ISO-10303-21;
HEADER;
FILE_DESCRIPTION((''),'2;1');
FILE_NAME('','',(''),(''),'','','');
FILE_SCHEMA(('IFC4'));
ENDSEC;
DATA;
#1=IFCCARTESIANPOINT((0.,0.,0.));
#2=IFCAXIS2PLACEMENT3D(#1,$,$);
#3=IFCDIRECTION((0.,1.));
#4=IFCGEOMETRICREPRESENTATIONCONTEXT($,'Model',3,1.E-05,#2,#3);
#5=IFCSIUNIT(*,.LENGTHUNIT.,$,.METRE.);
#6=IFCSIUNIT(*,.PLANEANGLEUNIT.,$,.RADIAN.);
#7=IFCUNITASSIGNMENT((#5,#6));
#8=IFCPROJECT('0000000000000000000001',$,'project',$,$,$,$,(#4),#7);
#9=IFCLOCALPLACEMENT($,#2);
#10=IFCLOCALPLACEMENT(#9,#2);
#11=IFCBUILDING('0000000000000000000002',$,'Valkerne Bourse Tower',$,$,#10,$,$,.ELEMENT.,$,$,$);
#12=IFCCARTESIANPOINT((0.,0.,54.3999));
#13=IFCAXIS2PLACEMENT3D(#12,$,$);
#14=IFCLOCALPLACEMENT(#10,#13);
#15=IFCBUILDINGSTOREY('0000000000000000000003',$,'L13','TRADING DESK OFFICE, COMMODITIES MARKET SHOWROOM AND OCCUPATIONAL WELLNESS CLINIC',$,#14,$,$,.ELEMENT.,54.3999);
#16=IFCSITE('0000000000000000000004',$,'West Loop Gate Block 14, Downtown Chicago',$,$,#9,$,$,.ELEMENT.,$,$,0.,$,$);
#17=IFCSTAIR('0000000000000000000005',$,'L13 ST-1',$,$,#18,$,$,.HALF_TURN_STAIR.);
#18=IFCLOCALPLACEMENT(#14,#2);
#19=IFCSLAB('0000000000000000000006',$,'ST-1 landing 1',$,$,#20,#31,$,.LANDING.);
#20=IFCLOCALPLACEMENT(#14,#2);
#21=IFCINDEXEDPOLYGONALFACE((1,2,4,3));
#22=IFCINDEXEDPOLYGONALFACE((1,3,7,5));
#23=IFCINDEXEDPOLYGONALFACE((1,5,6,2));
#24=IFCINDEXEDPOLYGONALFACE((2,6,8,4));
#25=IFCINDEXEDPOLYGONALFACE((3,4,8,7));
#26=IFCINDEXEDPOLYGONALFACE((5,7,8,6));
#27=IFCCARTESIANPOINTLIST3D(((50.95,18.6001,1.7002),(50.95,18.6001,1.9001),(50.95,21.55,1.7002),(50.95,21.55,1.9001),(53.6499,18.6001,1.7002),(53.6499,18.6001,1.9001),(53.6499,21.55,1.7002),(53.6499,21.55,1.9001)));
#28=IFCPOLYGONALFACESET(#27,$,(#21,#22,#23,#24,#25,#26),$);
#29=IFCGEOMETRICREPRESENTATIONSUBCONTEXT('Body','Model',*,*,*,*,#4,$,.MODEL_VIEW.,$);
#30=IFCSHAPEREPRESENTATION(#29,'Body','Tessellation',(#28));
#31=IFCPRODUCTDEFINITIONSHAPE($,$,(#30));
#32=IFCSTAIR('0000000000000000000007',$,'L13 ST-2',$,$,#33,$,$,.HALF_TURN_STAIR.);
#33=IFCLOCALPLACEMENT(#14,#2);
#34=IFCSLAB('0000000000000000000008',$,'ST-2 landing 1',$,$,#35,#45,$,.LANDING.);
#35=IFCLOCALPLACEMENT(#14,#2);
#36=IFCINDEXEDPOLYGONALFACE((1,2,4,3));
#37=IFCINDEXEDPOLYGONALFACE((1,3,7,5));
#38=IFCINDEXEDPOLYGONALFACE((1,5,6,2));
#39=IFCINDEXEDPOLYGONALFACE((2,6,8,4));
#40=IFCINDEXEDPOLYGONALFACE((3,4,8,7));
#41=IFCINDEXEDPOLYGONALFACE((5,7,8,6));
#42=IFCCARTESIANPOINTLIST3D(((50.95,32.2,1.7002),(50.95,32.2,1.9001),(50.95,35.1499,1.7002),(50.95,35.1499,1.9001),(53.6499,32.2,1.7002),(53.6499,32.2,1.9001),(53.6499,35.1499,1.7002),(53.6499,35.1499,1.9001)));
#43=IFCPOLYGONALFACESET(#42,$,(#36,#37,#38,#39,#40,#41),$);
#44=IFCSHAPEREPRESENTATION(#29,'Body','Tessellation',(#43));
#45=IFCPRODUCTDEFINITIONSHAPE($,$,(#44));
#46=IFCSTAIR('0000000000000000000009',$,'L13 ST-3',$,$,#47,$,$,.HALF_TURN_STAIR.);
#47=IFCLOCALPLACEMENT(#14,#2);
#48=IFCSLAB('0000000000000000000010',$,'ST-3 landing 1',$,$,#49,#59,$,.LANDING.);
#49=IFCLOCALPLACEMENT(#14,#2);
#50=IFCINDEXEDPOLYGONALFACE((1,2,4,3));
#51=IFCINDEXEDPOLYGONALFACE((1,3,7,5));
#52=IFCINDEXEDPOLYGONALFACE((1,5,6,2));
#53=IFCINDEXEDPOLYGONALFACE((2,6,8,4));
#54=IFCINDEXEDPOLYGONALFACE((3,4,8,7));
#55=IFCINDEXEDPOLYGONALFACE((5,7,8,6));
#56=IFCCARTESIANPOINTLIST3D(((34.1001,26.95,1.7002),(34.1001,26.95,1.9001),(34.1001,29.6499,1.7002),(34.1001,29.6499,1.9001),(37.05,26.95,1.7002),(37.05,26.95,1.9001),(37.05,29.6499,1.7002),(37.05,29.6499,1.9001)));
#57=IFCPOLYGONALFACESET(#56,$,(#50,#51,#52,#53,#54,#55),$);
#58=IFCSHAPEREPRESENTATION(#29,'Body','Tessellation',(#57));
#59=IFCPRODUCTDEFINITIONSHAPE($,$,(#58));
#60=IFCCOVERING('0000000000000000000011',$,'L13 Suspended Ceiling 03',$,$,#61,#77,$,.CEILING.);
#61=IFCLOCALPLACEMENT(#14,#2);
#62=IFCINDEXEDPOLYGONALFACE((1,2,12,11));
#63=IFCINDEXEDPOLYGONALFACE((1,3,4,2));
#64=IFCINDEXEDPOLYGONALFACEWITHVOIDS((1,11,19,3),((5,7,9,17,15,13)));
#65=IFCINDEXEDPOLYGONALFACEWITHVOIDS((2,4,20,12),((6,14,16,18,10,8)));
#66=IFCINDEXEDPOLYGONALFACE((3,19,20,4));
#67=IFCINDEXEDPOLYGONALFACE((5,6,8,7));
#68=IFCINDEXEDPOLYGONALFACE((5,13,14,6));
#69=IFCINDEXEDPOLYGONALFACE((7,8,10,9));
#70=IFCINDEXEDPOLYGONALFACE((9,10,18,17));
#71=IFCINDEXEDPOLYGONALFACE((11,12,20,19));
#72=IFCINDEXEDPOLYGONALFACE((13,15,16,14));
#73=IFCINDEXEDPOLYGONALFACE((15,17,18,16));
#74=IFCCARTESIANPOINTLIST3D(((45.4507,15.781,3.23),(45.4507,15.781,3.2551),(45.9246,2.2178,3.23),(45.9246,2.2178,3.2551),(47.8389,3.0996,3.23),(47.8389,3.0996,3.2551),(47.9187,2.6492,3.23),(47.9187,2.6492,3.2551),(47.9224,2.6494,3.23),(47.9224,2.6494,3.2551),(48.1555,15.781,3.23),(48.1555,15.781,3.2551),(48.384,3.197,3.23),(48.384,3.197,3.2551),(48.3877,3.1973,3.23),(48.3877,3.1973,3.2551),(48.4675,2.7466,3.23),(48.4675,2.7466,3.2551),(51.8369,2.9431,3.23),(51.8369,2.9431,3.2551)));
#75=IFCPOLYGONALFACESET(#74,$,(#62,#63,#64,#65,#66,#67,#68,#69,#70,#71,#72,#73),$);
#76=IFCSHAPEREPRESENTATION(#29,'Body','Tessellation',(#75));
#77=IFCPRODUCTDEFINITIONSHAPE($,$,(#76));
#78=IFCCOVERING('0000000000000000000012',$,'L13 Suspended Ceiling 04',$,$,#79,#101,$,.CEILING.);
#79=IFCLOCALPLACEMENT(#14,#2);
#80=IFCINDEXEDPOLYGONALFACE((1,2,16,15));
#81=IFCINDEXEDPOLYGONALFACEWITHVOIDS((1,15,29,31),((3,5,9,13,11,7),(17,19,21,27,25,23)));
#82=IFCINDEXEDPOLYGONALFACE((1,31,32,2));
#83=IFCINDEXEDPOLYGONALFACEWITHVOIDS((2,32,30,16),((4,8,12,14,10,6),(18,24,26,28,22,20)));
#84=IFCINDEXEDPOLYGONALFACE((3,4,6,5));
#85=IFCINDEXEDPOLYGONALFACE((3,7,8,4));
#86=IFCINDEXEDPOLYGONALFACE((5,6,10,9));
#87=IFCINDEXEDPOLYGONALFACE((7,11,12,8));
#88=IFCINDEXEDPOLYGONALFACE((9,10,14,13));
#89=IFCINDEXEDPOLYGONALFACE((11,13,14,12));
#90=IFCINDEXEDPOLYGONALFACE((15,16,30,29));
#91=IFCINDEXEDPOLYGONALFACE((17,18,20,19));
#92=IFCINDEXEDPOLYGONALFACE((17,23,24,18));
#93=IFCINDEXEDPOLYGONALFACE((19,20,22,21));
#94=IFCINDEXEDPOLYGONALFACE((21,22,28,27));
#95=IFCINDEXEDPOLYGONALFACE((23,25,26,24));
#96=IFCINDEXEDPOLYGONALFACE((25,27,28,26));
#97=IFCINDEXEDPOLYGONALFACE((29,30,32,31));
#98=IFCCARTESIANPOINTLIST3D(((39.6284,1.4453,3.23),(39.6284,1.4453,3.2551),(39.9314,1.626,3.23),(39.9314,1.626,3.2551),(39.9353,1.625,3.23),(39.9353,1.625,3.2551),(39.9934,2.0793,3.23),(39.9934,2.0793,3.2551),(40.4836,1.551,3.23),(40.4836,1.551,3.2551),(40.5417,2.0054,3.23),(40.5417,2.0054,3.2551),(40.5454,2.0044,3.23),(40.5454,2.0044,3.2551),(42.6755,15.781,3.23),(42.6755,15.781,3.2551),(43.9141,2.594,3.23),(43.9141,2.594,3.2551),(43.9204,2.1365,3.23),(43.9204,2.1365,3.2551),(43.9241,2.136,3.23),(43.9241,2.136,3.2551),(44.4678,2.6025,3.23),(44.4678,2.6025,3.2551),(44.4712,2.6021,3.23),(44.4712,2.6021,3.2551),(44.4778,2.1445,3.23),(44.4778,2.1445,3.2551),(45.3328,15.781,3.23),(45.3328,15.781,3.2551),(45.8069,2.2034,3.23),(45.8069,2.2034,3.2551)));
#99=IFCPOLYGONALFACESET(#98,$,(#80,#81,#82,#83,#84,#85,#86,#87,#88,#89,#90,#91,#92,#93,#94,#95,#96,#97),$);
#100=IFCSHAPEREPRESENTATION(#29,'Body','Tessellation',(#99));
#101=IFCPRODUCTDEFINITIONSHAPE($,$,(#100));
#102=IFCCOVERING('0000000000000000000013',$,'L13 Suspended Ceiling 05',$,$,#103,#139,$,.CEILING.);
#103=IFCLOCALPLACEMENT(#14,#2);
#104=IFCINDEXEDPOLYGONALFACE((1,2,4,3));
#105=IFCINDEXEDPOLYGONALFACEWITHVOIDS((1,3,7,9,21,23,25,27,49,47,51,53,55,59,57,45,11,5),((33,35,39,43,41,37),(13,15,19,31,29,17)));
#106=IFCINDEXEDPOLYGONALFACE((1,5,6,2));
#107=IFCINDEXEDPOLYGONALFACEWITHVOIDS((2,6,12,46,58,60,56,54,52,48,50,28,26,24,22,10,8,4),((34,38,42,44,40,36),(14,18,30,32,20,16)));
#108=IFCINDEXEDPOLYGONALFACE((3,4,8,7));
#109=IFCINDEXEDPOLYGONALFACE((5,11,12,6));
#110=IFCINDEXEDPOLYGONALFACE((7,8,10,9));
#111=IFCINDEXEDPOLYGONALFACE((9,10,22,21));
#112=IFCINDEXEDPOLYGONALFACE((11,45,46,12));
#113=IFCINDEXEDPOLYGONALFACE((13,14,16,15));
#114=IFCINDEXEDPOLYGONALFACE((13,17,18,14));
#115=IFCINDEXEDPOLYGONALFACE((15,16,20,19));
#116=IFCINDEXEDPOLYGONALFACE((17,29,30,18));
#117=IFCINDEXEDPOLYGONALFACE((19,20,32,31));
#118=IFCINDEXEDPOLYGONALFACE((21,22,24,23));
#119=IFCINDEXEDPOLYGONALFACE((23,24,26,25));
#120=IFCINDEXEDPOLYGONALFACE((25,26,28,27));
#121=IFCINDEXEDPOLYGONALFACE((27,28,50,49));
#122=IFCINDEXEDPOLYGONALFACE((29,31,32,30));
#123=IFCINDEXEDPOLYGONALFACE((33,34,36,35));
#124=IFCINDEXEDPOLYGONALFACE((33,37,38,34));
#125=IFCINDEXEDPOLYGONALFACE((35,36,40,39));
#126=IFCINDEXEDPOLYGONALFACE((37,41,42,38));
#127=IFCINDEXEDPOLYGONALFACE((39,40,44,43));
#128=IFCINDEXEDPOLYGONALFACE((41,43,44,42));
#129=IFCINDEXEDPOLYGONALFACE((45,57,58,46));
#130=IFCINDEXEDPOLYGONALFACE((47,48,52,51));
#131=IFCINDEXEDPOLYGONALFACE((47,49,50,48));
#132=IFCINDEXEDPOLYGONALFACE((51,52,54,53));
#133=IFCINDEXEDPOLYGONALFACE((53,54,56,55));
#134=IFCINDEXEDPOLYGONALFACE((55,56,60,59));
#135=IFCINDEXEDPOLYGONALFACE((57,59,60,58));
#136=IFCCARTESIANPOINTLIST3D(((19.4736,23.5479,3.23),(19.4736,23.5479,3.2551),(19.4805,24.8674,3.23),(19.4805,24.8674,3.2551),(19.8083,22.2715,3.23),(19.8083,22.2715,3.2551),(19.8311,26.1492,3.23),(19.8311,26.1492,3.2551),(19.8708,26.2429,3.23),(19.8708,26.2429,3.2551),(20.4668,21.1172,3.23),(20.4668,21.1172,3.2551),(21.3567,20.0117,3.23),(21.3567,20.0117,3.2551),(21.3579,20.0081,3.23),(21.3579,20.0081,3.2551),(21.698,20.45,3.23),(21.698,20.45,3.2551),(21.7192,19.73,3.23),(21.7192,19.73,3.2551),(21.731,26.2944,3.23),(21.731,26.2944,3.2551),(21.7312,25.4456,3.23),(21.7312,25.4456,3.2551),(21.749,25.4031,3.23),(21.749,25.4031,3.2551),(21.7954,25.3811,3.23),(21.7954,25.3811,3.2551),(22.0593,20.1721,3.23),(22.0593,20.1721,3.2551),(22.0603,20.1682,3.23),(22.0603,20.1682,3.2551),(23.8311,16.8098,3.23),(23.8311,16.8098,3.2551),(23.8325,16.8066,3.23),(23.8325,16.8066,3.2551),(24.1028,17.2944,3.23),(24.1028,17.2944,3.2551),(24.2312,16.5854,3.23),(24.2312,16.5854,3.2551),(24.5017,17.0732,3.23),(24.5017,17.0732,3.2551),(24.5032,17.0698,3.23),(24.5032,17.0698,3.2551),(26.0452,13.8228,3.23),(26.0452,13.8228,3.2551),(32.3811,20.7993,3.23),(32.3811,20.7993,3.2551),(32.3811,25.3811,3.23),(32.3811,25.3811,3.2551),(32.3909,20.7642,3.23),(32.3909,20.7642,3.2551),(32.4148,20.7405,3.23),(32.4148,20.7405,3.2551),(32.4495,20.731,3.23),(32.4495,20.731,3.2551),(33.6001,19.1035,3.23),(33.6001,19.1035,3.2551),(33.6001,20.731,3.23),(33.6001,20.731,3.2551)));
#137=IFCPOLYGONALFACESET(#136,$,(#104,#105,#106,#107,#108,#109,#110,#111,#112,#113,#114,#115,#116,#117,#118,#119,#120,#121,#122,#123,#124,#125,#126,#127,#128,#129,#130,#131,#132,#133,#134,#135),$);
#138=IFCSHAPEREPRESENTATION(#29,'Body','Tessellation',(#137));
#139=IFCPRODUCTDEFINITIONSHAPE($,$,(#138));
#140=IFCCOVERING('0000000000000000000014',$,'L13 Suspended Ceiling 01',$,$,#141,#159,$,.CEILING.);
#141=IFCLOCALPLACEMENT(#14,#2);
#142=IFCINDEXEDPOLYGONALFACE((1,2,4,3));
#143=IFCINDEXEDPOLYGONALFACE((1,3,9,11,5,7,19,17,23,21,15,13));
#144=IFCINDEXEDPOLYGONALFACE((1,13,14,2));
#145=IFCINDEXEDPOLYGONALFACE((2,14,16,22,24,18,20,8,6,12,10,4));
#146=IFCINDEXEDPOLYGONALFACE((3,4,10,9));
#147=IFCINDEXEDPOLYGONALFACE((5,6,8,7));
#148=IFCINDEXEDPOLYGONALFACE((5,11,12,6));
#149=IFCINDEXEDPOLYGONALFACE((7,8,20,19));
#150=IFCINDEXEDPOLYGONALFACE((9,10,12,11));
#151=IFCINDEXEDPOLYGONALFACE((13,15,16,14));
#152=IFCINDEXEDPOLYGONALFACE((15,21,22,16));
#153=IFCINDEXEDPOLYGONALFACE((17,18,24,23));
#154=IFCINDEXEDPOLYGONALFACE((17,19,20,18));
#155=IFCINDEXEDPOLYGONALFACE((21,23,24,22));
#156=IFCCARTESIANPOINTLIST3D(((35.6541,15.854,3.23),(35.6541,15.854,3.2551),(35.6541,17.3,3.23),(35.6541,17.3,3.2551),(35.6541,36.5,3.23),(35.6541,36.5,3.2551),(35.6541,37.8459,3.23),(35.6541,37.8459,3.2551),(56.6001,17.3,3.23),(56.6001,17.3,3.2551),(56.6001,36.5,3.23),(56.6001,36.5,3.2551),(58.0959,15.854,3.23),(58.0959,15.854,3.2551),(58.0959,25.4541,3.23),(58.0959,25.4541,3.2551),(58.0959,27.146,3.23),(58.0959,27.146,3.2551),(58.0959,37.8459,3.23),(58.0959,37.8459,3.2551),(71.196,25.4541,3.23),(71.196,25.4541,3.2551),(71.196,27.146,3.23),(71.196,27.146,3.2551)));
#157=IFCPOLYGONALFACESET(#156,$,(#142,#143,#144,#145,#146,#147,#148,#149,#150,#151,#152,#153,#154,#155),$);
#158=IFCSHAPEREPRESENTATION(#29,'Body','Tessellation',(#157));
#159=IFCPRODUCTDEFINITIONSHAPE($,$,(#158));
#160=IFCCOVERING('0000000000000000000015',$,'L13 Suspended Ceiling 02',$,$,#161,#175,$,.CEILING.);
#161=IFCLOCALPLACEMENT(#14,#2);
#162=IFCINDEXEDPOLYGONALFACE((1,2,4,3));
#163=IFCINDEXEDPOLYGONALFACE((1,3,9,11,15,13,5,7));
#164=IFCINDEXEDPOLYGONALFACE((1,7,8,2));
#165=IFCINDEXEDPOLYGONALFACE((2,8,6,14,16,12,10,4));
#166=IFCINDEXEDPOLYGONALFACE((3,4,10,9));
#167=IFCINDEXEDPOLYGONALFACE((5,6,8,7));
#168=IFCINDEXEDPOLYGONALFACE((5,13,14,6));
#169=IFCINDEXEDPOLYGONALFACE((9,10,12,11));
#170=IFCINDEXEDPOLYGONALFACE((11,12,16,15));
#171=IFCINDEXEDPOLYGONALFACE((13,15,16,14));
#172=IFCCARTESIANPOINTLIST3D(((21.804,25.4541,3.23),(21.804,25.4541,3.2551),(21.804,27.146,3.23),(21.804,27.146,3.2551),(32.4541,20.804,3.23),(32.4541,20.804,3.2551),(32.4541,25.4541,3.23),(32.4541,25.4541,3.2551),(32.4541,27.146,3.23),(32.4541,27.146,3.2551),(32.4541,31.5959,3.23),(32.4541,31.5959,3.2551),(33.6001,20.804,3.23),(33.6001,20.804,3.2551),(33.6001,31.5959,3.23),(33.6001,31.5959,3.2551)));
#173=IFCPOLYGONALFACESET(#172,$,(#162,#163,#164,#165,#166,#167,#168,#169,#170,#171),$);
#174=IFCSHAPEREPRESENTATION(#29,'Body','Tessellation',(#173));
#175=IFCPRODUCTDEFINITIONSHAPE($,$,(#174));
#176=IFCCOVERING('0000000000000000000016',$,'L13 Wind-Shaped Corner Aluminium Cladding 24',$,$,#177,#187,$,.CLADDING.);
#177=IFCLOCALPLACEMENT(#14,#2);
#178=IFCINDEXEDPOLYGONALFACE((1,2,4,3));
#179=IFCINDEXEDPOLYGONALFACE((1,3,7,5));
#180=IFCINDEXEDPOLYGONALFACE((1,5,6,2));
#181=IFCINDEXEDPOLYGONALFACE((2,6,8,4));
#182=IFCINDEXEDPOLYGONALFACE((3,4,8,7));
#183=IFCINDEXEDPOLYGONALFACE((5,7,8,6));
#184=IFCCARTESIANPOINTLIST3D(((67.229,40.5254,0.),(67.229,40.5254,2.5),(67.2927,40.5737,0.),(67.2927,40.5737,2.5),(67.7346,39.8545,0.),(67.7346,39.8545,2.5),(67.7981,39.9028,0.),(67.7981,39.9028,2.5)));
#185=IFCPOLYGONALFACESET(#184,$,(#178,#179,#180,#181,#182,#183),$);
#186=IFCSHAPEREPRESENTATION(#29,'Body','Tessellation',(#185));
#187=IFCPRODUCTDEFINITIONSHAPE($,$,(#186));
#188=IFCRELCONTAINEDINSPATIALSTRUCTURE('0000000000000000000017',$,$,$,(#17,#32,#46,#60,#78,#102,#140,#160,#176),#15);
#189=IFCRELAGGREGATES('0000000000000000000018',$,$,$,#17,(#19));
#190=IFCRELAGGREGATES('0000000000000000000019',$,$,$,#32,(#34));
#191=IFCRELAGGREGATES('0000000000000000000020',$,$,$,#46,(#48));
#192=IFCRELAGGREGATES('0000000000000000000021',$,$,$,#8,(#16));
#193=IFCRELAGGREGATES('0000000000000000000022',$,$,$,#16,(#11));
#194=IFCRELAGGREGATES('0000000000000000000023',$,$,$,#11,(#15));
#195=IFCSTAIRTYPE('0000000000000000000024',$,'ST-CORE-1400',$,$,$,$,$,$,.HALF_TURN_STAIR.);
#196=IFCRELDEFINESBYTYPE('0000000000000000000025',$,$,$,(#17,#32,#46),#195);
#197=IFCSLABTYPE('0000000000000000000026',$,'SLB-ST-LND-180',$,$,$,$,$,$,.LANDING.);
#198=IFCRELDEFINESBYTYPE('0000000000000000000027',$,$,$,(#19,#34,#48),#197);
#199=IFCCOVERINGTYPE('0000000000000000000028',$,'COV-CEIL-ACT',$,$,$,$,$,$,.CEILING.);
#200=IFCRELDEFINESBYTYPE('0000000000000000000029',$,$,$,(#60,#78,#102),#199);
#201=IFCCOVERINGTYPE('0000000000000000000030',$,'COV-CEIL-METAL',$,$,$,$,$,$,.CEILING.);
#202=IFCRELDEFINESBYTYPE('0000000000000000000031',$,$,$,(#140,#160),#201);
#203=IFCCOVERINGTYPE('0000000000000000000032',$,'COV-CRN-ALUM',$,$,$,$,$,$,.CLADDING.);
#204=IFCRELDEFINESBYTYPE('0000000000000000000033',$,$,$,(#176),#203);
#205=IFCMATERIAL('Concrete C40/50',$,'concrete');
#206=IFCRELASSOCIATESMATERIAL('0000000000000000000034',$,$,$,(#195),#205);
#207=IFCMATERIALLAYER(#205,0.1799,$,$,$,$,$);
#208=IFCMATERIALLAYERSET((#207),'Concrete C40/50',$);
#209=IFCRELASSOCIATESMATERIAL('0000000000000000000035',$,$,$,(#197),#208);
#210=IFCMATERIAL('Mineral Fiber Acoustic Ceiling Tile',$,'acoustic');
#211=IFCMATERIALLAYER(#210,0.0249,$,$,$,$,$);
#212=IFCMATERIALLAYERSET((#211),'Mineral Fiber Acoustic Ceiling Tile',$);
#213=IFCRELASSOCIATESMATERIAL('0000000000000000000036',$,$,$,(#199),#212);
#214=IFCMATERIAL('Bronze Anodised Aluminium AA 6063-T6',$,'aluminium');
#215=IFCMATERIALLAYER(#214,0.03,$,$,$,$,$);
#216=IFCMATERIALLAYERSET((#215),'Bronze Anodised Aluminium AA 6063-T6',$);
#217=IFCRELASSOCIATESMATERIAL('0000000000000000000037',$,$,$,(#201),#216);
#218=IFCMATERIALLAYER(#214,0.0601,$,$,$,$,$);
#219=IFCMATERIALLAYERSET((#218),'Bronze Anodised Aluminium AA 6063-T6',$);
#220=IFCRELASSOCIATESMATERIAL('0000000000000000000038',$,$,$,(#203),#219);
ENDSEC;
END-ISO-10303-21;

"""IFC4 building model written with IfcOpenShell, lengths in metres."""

from ifc_helpers import new_model, si_unit, direction, frame, origin, place, context, subcontext, project, spatial, polyline, outline, extrude, material, layer, layer_set, type_object, element, aggregate, save


model = new_model("IFC4")

# Units and contexts
model_context = context("Model", 3, precision=1e-05, world=origin(), true_north=direction((0.0, 1.0)))
body_context = subcontext(model_context, "Body", "Model", "MODEL_VIEW")
ifc_project = project(units=[si_unit("LENGTHUNIT", "METRE"), si_unit("PLANEANGLEUNIT", "RADIAN")], contexts=[model_context])

# Site, building, storey
site_placement = place(None, origin())
site = spatial("IfcSite", under=ifc_project, at=site_placement, Name="West Loop Gate Block 14, Downtown Chicago", CompositionType="ELEMENT", RefElevation=0.0)
building_placement = place(site_placement, origin())
building = spatial("IfcBuilding", under=site, at=building_placement, Name="Valkerne Bourse Tower", CompositionType="ELEMENT")
storey_placement = place(building_placement, frame((0.0, 0.0, 54.3999)))
storey = spatial("IfcBuildingStorey", under=building, at=storey_placement, Name="L13", Description="TRADING DESK OFFICE, COMMODITIES MARKET SHOWROOM AND OCCUPATIONAL WELLNESS CLINIC", CompositionType="ELEMENT", Elevation=54.3999)

# Stairs, slabs
ifc_material_1 = material(Name="Concrete C40/50", Category="concrete")
stair_type = type_object("IfcStairType", Name="ST-CORE-1400", PredefinedType="HALF_TURN_STAIR", material=ifc_material_1)
stair_1_placement = place(storey_placement, origin())
stair_1 = element("IfcStair", 1, at=stair_1_placement, inside=storey, type_object=stair_type, Name="L13 ST-1", PredefinedType="HALF_TURN_STAIR")
ifc_layer_1 = layer(ifc_material_1, 0.1799)
ifc_layer_set_1 = layer_set([ifc_layer_1], Name="Concrete C40/50")
slab_type = type_object("IfcSlabType", Name="SLB-ST-LND-180", PredefinedType="LANDING", material=ifc_layer_set_1)
slab_1_placement = place(storey_placement, frame((0.0, 0.0, 1.7002)))
slab_1 = element("IfcSlab", 2, at=slab_1_placement, type_object=slab_type, Name="ST-1 landing 1", PredefinedType="LANDING", context=body_context, shape_type="SweptSolid", body=[
    extrude(outline(polyline([(50.95, 18.6001), (53.6499, 18.6001), (53.6499, 21.55), (50.95, 21.55), (50.95, 18.6001)])), origin(), (0.0, 0.0, 1.0), 0.2),
])
aggregate(stair_1, [slab_1])
stair_2_placement = place(storey_placement, origin())
stair_2 = element("IfcStair", 3, at=stair_2_placement, inside=storey, type_object=stair_type, Name="L13 ST-2", PredefinedType="HALF_TURN_STAIR")
slab_2_placement = place(storey_placement, frame((0.0, 0.0, 1.7002)))
slab_2 = element("IfcSlab", 4, at=slab_2_placement, type_object=slab_type, Name="ST-2 landing 1", PredefinedType="LANDING", context=body_context, shape_type="SweptSolid", body=[
    extrude(outline(polyline([(50.95, 32.2), (53.6499, 32.2), (53.6499, 35.1499), (50.95, 35.1499), (50.95, 32.2)])), origin(), (0.0, 0.0, 1.0), 0.2),
])
aggregate(stair_2, [slab_2])
stair_3_placement = place(storey_placement, origin())
stair_3 = element("IfcStair", 5, at=stair_3_placement, inside=storey, type_object=stair_type, Name="L13 ST-3", PredefinedType="HALF_TURN_STAIR")
slab_3_placement = place(storey_placement, frame((0.0, 0.0, 1.7002)))
slab_3 = element("IfcSlab", 6, at=slab_3_placement, type_object=slab_type, Name="ST-3 landing 1", PredefinedType="LANDING", context=body_context, shape_type="SweptSolid", body=[
    extrude(outline(polyline([(37.05, 26.95), (37.05, 29.6499), (34.1001, 29.6499), (34.1001, 26.95), (37.05, 26.95)])), origin(), (0.0, 0.0, 1.0), 0.2),
])
aggregate(stair_3, [slab_3])

# Coverings
ifc_material_2 = material(Name="Mineral Fiber Acoustic Ceiling Tile", Category="acoustic")
ifc_layer_2 = layer(ifc_material_2, 0.0249)
ifc_layer_set_2 = layer_set([ifc_layer_2], Name="Mineral Fiber Acoustic Ceiling Tile")
covering_type_1 = type_object("IfcCoveringType", Name="COV-CEIL-ACT", PredefinedType="CEILING", material=ifc_layer_set_2)
covering_1_placement = place(storey_placement, frame((0.0, 0.0, 3.23)))
element("IfcCovering", 7, at=covering_1_placement, inside=storey, type_object=covering_type_1, Name="L13 Suspended Ceiling 03", PredefinedType="CEILING", context=body_context, shape_type="SweptSolid", body=[
    extrude(outline(polyline([(48.1555, 15.781), (51.8369, 2.9431), (45.9246, 2.2178), (45.4507, 15.781), (48.1555, 15.781)]), holes=[polyline([(47.9224, 2.6494), (48.4675, 2.7466), (48.3877, 3.1973), (48.384, 3.197), (47.8389, 3.0996), (47.9187, 2.6492), (47.9224, 2.6494)])]), origin(), (0.0, 0.0, 1.0), 0.0251),
])
covering_2_placement = place(storey_placement, frame((0.0, 0.0, 3.23)))
element("IfcCovering", 8, at=covering_2_placement, inside=storey, type_object=covering_type_1, Name="L13 Suspended Ceiling 04", PredefinedType="CEILING", context=body_context, shape_type="SweptSolid", body=[
    extrude(outline(polyline([(45.3328, 15.781), (45.8069, 2.2034), (39.6284, 1.4453), (42.6755, 15.781), (45.3328, 15.781)]), holes=[polyline([(40.5454, 2.0044), (40.5417, 2.0054), (39.9934, 2.0793), (39.9314, 1.626), (39.9353, 1.625), (40.4836, 1.551), (40.5454, 2.0044)]), polyline([(44.4712, 2.6021), (44.4678, 2.6025), (43.9141, 2.594), (43.9204, 2.1365), (43.9241, 2.136), (44.4778, 2.1445), (44.4712, 2.6021)])]), origin(), (0.0, 0.0, 1.0), 0.0251),
])
covering_3_placement = place(storey_placement, frame((0.0, 0.0, 3.23)))
element("IfcCovering", 9, at=covering_3_placement, inside=storey, type_object=covering_type_1, Name="L13 Suspended Ceiling 05", PredefinedType="CEILING", context=body_context, shape_type="SweptSolid", body=[
    extrude(outline(polyline([(19.4736, 23.5479), (19.4805, 24.8674), (19.8311, 26.1492), (19.8708, 26.2429), (21.731, 26.2944), (21.7312, 25.4456), (21.749, 25.4031), (21.7954, 25.3811), (32.3811, 25.3811), (32.3811, 20.7993), (32.3909, 20.7642), (32.4148, 20.7405), (32.4495, 20.731), (33.6001, 20.731), (33.6001, 19.1035), (26.0452, 13.8228), (20.4668, 21.1172), (19.8083, 22.2715), (19.4736, 23.5479)]), holes=[polyline([(24.5017, 17.0732), (24.1028, 17.2944), (23.8311, 16.8098), (23.8325, 16.8066), (24.2312, 16.5854), (24.5032, 17.0698), (24.5017, 17.0732)]), polyline([(22.0603, 20.1682), (22.0593, 20.1721), (21.698, 20.45), (21.3567, 20.0117), (21.3579, 20.0081), (21.7192, 19.73), (22.0603, 20.1682)])]), origin(), (0.0, 0.0, 1.0), 0.0251),
])
ifc_material_3 = material(Name="Bronze Anodised Aluminium AA 6063-T6", Category="aluminium")
ifc_layer_3 = layer(ifc_material_3, 0.03)
ifc_layer_set_3 = layer_set([ifc_layer_3], Name="Bronze Anodised Aluminium AA 6063-T6")
covering_type_2 = type_object("IfcCoveringType", Name="COV-CEIL-METAL", PredefinedType="CEILING", material=ifc_layer_set_3)
covering_4_placement = place(storey_placement, frame((0.0, 0.0, 3.23)))
element("IfcCovering", 10, at=covering_4_placement, inside=storey, type_object=covering_type_2, Name="L13 Suspended Ceiling 01", PredefinedType="CEILING", context=body_context, shape_type="SweptSolid", body=[
    extrude(outline(polyline([(71.196, 27.146), (71.196, 25.4541), (58.0959, 25.4541), (58.0959, 15.854), (35.6541, 15.854), (35.6541, 17.3), (56.6001, 17.3), (56.6001, 36.5), (35.6541, 36.5), (35.6541, 37.8459), (58.0959, 37.8459), (58.0959, 27.146), (71.196, 27.146)])), origin(), (0.0, 0.0, 1.0), 0.0251),
])
covering_5_placement = place(storey_placement, frame((0.0, 0.0, 3.23)))
element("IfcCovering", 11, at=covering_5_placement, inside=storey, type_object=covering_type_2, Name="L13 Suspended Ceiling 02", PredefinedType="CEILING", context=body_context, shape_type="SweptSolid", body=[
    extrude(outline(polyline([(32.4541, 20.804), (32.4541, 25.4541), (21.804, 25.4541), (21.804, 27.146), (32.4541, 27.146), (32.4541, 31.5959), (33.6001, 31.5959), (33.6001, 20.804), (32.4541, 20.804)])), origin(), (0.0, 0.0, 1.0), 0.0251),
])
ifc_layer_4 = layer(ifc_material_3, 0.0601)
ifc_layer_set_4 = layer_set([ifc_layer_4], Name="Bronze Anodised Aluminium AA 6063-T6")
covering_type_3 = type_object("IfcCoveringType", Name="COV-CRN-ALUM", PredefinedType="CLADDING", material=ifc_layer_set_4)
covering_6_placement = place(storey_placement, origin())
element("IfcCovering", 12, at=covering_6_placement, inside=storey, type_object=covering_type_3, Name="L13 Wind-Shaped Corner Aluminium Cladding 24", PredefinedType="CLADDING", context=body_context, shape_type="SweptSolid", body=[
    extrude(outline(polyline([(67.7981, 39.9028), (67.7346, 39.8545), (67.229, 40.5254), (67.2927, 40.5737), (67.7981, 39.9028)])), origin(), (0.0, 0.0, 1.0), 2.5),
])

save(model, "model.ifc")
